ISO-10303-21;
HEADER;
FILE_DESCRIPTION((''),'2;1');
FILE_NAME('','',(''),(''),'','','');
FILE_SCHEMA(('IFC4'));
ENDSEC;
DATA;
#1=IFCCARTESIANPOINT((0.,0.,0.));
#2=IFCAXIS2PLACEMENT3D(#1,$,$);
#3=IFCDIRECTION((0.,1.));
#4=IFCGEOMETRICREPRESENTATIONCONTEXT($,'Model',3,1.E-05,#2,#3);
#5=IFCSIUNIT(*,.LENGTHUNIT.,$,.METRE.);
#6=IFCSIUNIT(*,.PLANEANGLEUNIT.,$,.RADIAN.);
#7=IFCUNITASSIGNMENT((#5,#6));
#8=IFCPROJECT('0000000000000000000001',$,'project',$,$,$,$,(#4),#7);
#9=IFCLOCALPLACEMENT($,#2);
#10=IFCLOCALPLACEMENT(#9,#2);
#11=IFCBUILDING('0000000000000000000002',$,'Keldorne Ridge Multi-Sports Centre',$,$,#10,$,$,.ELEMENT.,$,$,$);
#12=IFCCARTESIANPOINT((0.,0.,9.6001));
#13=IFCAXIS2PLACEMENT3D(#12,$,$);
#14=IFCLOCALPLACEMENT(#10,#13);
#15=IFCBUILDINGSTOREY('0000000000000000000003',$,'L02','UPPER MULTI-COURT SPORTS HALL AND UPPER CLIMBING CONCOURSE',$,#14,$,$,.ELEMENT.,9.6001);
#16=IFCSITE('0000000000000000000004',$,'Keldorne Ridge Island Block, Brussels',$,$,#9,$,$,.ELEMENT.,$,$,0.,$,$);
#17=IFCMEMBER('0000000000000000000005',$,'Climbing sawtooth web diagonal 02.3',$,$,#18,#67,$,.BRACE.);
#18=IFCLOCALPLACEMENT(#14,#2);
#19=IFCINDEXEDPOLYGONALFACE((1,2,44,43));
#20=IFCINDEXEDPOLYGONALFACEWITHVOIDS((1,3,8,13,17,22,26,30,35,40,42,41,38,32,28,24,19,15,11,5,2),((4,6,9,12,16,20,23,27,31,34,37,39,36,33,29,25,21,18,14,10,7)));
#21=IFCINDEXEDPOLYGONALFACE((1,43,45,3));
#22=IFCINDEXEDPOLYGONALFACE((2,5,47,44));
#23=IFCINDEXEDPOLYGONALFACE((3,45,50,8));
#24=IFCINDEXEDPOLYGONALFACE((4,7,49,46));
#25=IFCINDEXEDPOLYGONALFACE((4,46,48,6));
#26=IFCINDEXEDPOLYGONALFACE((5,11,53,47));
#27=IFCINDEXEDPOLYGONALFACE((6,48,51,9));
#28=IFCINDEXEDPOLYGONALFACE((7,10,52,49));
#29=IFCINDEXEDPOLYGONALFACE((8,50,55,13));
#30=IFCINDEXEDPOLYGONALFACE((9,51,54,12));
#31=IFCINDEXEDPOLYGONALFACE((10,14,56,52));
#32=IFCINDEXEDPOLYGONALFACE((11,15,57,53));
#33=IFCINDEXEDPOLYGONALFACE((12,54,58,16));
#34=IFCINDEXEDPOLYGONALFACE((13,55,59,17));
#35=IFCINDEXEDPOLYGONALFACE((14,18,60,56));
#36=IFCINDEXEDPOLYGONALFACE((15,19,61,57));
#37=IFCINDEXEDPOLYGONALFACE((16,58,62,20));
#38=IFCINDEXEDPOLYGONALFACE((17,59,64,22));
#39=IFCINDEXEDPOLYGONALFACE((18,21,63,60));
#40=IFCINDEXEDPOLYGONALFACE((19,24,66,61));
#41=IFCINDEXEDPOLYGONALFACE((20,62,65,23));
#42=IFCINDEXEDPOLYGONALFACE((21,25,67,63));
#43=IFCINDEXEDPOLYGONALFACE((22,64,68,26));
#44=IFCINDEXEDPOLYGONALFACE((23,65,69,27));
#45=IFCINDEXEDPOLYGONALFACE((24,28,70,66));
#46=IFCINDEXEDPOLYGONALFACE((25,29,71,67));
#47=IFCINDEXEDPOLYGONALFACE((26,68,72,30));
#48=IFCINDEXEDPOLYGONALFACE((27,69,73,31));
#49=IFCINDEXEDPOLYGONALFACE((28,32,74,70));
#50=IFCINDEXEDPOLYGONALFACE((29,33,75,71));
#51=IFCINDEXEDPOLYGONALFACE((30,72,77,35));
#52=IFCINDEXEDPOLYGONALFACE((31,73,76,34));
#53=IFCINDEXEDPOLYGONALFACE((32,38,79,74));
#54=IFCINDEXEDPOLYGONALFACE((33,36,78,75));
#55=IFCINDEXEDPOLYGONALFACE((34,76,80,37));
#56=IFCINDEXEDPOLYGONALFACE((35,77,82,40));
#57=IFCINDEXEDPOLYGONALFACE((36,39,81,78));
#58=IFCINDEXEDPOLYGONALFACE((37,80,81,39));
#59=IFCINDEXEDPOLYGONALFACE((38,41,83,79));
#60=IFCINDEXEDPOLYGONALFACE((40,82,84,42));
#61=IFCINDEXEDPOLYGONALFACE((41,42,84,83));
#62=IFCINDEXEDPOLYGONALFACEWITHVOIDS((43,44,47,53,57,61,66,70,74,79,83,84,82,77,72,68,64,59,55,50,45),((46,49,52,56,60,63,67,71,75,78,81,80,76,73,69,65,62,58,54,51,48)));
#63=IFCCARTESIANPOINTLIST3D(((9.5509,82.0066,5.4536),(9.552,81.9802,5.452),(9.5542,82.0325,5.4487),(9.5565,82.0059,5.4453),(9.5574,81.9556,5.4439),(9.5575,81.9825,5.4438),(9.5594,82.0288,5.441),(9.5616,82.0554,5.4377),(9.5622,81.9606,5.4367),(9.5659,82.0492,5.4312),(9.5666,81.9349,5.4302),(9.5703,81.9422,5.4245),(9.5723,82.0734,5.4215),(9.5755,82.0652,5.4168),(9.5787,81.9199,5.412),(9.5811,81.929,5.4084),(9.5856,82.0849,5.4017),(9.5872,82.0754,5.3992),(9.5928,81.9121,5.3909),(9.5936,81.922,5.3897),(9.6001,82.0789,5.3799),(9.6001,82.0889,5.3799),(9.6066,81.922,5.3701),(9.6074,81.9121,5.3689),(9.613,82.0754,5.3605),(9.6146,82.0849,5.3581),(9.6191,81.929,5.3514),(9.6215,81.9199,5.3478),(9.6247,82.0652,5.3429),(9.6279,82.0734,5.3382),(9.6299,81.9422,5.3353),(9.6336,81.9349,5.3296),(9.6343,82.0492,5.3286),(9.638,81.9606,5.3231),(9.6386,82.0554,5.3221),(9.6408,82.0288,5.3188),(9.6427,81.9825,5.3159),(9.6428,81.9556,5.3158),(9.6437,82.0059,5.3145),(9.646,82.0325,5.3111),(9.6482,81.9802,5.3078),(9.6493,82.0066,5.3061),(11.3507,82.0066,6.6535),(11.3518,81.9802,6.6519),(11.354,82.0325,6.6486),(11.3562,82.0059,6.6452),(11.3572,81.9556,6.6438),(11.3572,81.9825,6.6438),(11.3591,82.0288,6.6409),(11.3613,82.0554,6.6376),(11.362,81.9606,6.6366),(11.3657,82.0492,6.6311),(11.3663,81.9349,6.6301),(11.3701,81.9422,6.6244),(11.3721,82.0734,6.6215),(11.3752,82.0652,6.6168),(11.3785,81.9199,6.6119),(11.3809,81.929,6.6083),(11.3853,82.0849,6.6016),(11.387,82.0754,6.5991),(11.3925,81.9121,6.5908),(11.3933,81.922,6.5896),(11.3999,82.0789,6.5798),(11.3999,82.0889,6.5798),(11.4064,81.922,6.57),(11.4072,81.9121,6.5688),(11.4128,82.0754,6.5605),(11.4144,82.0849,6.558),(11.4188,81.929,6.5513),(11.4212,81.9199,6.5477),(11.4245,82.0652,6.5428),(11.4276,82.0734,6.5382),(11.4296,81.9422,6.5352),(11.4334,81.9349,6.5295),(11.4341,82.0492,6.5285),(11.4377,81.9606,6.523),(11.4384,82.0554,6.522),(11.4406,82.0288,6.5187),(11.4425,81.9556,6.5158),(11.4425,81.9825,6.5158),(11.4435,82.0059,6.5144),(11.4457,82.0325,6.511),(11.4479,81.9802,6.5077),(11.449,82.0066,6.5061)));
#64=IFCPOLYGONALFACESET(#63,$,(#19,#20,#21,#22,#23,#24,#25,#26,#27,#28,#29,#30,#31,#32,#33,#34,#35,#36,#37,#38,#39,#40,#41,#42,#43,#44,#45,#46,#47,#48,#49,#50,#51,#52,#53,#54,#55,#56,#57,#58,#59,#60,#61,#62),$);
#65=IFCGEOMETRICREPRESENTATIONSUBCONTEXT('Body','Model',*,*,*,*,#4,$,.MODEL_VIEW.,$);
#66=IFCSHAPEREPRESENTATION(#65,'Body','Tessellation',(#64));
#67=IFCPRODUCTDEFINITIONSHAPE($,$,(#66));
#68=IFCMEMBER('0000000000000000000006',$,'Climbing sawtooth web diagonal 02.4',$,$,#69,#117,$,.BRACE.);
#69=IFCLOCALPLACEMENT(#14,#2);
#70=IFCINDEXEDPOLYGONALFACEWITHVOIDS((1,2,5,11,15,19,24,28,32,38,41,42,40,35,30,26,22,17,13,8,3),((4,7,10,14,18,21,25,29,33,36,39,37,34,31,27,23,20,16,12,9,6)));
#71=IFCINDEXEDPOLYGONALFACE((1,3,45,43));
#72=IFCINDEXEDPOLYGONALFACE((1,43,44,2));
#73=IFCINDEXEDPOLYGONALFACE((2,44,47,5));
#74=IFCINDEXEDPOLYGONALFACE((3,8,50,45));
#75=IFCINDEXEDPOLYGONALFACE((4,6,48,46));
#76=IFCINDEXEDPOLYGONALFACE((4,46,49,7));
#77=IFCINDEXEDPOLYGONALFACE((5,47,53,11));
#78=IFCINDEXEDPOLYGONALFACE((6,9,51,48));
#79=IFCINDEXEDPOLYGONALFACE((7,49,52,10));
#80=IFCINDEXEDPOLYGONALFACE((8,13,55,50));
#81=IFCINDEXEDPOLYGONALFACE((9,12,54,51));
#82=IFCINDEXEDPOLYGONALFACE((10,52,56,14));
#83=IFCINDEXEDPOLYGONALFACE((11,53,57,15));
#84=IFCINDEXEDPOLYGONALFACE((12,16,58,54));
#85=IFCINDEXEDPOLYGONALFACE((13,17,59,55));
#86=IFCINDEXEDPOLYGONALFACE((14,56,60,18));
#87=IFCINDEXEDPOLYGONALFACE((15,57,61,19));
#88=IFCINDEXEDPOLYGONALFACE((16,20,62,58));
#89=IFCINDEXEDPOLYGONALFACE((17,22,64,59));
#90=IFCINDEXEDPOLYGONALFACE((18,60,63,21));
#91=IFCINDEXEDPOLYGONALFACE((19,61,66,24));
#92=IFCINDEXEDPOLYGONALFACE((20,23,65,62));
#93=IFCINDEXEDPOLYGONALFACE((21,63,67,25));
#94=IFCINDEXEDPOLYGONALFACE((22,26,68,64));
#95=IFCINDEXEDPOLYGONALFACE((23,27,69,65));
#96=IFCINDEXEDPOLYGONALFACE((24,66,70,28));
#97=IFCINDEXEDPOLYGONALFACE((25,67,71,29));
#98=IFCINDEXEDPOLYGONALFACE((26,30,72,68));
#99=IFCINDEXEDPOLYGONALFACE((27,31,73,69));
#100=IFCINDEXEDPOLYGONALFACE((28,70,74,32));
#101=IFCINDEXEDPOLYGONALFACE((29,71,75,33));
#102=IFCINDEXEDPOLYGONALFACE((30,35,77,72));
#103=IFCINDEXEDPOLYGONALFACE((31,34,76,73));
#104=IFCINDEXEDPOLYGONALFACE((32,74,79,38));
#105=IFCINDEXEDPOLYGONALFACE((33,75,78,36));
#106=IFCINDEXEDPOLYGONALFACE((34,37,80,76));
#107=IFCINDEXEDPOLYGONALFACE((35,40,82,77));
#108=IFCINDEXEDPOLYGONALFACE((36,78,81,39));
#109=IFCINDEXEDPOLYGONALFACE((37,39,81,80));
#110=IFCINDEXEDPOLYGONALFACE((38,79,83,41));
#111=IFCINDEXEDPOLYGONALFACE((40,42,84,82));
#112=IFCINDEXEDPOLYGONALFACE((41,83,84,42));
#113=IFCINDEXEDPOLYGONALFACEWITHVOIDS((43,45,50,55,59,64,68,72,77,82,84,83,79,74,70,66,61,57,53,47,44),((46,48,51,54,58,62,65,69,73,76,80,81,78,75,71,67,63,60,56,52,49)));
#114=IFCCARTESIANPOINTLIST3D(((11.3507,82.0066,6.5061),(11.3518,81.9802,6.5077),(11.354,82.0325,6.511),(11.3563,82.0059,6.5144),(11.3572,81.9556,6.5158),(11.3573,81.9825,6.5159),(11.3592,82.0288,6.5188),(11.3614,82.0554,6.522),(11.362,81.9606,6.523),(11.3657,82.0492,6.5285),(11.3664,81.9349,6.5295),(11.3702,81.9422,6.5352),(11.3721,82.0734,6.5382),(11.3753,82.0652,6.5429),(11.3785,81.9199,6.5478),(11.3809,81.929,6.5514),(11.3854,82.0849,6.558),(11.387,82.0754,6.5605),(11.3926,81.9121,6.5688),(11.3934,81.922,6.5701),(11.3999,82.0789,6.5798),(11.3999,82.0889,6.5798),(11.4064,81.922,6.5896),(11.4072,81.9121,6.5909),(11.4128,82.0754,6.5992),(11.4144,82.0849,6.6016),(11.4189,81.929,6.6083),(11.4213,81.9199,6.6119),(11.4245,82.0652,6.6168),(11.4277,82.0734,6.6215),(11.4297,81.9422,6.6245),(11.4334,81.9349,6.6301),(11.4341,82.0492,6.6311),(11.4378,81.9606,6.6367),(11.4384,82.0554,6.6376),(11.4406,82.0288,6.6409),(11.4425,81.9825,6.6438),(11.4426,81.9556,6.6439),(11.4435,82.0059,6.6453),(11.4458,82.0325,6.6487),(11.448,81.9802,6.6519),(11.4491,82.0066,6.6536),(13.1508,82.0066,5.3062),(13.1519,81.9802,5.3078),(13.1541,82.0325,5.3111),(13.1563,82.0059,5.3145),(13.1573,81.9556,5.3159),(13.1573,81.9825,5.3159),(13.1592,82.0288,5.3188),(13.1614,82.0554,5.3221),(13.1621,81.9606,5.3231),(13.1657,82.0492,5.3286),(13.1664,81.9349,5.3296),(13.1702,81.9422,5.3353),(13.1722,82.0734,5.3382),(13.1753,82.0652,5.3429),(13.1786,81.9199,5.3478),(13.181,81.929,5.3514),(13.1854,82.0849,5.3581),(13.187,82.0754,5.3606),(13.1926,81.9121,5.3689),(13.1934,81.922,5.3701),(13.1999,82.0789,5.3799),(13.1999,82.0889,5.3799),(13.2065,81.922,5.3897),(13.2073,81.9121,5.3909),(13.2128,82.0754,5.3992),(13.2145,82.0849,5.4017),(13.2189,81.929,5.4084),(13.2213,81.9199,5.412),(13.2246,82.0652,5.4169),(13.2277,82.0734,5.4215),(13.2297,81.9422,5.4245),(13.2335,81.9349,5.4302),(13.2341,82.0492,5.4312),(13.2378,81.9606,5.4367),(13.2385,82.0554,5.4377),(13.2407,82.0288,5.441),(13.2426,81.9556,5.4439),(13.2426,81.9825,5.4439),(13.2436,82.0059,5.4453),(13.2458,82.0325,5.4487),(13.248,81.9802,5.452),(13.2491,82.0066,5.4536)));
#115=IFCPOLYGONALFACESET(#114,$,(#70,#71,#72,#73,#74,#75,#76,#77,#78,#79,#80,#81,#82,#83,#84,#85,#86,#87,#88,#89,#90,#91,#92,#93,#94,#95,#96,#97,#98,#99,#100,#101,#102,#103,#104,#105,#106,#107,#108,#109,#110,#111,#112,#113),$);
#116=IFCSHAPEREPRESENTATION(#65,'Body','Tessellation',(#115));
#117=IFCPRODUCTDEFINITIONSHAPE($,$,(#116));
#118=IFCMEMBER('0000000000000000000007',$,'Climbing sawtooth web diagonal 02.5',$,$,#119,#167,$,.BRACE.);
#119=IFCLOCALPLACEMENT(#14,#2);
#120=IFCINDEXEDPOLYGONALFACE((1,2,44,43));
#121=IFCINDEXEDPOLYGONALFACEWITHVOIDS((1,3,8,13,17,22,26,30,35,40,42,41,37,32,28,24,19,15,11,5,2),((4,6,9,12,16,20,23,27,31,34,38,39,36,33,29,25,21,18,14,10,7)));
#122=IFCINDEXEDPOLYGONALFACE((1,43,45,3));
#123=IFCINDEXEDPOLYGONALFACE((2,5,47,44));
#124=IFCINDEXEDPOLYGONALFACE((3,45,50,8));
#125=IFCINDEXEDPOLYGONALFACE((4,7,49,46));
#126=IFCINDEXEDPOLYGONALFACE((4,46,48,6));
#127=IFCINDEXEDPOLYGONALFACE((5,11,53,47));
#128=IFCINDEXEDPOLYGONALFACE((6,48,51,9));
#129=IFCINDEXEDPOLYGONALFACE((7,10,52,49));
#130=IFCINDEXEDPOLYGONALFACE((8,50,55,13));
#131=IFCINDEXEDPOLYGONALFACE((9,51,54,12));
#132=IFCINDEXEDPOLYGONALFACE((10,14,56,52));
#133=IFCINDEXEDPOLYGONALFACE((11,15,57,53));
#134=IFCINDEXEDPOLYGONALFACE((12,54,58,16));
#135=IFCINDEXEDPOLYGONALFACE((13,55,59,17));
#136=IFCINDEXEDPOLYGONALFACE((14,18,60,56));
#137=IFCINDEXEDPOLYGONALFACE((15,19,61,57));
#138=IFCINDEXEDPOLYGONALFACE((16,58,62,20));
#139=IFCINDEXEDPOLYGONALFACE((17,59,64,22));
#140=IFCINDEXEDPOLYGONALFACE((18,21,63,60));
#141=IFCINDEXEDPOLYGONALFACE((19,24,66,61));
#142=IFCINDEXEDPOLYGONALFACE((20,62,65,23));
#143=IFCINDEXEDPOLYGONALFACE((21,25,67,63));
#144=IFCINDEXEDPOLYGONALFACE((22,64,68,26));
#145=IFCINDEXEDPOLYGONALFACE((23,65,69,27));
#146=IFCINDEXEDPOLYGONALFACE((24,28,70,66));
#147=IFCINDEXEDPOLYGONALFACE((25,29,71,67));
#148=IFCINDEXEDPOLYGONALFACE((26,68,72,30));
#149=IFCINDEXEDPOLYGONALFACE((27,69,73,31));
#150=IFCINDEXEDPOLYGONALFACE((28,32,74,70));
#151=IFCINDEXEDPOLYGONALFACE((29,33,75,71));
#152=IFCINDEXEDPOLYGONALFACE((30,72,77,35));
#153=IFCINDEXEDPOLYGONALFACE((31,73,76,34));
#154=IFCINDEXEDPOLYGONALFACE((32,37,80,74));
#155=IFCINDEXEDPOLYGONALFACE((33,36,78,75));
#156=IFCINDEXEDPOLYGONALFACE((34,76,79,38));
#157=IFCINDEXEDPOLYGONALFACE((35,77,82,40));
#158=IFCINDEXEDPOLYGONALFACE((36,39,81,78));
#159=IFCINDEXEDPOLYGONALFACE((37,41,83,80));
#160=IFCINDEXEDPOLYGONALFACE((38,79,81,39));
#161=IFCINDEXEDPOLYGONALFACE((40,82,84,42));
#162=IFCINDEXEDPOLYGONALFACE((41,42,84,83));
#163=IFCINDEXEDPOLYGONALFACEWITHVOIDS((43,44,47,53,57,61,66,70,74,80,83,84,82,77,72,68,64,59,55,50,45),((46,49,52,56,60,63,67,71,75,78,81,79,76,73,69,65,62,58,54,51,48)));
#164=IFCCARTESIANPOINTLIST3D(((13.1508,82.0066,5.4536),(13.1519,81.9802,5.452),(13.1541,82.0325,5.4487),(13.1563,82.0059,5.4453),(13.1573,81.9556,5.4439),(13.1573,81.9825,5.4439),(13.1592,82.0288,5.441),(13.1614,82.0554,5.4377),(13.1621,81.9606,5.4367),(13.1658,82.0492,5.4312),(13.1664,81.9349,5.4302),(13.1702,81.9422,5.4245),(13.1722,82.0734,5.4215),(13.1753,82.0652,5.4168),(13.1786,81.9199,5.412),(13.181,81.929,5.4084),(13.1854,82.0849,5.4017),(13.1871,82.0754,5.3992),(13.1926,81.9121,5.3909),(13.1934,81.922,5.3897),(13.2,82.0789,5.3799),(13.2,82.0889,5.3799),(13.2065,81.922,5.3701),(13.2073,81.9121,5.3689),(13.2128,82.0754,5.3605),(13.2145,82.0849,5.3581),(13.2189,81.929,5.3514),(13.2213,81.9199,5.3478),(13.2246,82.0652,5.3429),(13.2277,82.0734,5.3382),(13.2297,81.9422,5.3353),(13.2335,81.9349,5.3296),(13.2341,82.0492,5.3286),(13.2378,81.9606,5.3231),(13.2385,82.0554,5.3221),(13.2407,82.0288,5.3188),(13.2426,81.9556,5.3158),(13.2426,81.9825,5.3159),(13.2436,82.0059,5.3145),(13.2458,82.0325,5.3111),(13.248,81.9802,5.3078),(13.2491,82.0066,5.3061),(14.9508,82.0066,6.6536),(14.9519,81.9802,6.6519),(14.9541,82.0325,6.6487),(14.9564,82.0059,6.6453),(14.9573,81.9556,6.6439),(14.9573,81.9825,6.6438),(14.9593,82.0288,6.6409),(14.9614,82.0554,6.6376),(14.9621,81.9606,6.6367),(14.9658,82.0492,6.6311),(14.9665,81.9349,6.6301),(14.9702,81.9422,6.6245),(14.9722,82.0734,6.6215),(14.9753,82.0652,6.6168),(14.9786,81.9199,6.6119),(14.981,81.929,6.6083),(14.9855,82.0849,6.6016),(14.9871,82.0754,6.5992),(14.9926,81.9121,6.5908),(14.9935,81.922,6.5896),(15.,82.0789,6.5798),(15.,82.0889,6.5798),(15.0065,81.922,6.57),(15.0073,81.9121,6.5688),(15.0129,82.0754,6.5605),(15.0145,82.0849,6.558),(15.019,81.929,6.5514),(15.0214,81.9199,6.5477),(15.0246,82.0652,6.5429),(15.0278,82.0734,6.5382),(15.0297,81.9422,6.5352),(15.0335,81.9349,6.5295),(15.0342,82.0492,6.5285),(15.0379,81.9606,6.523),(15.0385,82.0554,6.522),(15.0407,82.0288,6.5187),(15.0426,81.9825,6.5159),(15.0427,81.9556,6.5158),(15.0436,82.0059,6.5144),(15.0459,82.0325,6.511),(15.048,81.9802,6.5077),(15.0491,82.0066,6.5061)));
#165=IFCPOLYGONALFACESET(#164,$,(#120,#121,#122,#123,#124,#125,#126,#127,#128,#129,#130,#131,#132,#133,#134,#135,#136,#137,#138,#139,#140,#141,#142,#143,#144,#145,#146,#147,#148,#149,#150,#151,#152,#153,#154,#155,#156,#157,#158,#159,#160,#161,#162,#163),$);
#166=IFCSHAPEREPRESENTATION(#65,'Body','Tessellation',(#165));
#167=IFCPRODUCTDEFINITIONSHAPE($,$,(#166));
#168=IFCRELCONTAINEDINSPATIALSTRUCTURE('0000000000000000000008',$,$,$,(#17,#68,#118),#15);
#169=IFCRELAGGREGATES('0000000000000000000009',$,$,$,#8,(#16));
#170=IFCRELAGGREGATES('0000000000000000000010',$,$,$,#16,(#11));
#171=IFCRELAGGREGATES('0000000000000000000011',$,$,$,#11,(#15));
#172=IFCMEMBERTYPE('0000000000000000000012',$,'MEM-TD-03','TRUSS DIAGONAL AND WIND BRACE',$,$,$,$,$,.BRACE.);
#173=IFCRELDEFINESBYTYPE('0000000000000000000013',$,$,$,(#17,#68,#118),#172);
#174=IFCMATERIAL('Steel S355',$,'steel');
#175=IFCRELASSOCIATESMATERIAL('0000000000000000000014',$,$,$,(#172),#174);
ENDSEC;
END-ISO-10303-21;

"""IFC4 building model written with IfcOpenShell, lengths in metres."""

from ifc_helpers import new_model, si_unit, direction, frame, origin, origin_2d, place, context, subcontext, project, spatial, hollow_circle, extrude, material, material_profile, profile_set, type_object, element, save


model = new_model("IFC4")

# Units and contexts
model_context = context("Model", 3, precision=1e-05, world=origin(), true_north=direction((0.0, 1.0)))
body_context = subcontext(model_context, "Body", "Model", "MODEL_VIEW")
ifc_project = project(units=[si_unit("LENGTHUNIT", "METRE"), si_unit("PLANEANGLEUNIT", "RADIAN")], contexts=[model_context])

# Site, building, storey
site_placement = place(None, origin())
site = spatial("IfcSite", under=ifc_project, at=site_placement, Name="Keldorne Ridge Island Block, Brussels", CompositionType="ELEMENT", RefElevation=0.0)
building_placement = place(site_placement, origin())
building = spatial("IfcBuilding", under=site, at=building_placement, Name="Keldorne Ridge Multi-Sports Centre", CompositionType="ELEMENT")
storey_placement = place(building_placement, frame((0.0, 0.0, 9.6001)))
storey = spatial("IfcBuildingStorey", under=building, at=storey_placement, Name="L02", Description="UPPER MULTI-COURT SPORTS HALL AND UPPER CLIMBING CONCOURSE", CompositionType="ELEMENT", Elevation=9.6001)

# Shared definitions
ifc_material_1 = material(Name="Steel S355", Category="steel")

# Members
ifc_material_profile_1 = material_profile(ifc_material_1, hollow_circle(Radius=0.0889, WallThickness=0.01, at=origin_2d()), Name="CHS 177.8x10")
ifc_profile_set_1 = profile_set([ifc_material_profile_1], Name="Steel S355")
member_type_1 = type_object("IfcMemberType", Name="MEM-TD-03", Description="TRUSS DIAGONAL AND WIND BRACE", PredefinedType="BRACE", material=ifc_profile_set_1)
member_1_placement = place(storey_placement, frame((9.6001, 82.0, 5.3799), z_axis=(0.832033, 0.0, 0.554726), x_axis=(0.0, 1.0, 0.0)))
element("IfcMember", 1, at=member_1_placement, inside=storey, type_object=member_type_1, Name="Climbing sawtooth web diagonal 02.3", PredefinedType="BRACE", context=body_context, shape_type="SweptSolid", body=[
    extrude(hollow_circle(Radius=0.0889, WallThickness=0.01, at=origin_2d()), origin(), (0.0, 0.0, 1.0), 2.1631),
])
for number, where, z_axis, x_axis, name in (
    (2, (11.3999, 82.0, 6.5798), (0.832068, 0.0, -0.554674), (0.0, 1.0, 0.0), "Climbing sawtooth web diagonal 02.4"),
    (3, (13.2, 82.0, 5.3799), (0.832068, 0.0, 0.554674), (0.0, 1.0, 0.0), "Climbing sawtooth web diagonal 02.5"),
):
    element("IfcMember", number, at=place(storey_placement, frame(where, z_axis=z_axis, x_axis=x_axis)), inside=storey, type_object=member_type_1, Name=name, PredefinedType="BRACE", context=body_context, shape_type="SweptSolid", body=[
        extrude(hollow_circle(Radius=0.0889, WallThickness=0.01, at=origin_2d()), origin(), (0.0, 0.0, 1.0), 2.1633),
    ])

save(model, "model.ifc")
